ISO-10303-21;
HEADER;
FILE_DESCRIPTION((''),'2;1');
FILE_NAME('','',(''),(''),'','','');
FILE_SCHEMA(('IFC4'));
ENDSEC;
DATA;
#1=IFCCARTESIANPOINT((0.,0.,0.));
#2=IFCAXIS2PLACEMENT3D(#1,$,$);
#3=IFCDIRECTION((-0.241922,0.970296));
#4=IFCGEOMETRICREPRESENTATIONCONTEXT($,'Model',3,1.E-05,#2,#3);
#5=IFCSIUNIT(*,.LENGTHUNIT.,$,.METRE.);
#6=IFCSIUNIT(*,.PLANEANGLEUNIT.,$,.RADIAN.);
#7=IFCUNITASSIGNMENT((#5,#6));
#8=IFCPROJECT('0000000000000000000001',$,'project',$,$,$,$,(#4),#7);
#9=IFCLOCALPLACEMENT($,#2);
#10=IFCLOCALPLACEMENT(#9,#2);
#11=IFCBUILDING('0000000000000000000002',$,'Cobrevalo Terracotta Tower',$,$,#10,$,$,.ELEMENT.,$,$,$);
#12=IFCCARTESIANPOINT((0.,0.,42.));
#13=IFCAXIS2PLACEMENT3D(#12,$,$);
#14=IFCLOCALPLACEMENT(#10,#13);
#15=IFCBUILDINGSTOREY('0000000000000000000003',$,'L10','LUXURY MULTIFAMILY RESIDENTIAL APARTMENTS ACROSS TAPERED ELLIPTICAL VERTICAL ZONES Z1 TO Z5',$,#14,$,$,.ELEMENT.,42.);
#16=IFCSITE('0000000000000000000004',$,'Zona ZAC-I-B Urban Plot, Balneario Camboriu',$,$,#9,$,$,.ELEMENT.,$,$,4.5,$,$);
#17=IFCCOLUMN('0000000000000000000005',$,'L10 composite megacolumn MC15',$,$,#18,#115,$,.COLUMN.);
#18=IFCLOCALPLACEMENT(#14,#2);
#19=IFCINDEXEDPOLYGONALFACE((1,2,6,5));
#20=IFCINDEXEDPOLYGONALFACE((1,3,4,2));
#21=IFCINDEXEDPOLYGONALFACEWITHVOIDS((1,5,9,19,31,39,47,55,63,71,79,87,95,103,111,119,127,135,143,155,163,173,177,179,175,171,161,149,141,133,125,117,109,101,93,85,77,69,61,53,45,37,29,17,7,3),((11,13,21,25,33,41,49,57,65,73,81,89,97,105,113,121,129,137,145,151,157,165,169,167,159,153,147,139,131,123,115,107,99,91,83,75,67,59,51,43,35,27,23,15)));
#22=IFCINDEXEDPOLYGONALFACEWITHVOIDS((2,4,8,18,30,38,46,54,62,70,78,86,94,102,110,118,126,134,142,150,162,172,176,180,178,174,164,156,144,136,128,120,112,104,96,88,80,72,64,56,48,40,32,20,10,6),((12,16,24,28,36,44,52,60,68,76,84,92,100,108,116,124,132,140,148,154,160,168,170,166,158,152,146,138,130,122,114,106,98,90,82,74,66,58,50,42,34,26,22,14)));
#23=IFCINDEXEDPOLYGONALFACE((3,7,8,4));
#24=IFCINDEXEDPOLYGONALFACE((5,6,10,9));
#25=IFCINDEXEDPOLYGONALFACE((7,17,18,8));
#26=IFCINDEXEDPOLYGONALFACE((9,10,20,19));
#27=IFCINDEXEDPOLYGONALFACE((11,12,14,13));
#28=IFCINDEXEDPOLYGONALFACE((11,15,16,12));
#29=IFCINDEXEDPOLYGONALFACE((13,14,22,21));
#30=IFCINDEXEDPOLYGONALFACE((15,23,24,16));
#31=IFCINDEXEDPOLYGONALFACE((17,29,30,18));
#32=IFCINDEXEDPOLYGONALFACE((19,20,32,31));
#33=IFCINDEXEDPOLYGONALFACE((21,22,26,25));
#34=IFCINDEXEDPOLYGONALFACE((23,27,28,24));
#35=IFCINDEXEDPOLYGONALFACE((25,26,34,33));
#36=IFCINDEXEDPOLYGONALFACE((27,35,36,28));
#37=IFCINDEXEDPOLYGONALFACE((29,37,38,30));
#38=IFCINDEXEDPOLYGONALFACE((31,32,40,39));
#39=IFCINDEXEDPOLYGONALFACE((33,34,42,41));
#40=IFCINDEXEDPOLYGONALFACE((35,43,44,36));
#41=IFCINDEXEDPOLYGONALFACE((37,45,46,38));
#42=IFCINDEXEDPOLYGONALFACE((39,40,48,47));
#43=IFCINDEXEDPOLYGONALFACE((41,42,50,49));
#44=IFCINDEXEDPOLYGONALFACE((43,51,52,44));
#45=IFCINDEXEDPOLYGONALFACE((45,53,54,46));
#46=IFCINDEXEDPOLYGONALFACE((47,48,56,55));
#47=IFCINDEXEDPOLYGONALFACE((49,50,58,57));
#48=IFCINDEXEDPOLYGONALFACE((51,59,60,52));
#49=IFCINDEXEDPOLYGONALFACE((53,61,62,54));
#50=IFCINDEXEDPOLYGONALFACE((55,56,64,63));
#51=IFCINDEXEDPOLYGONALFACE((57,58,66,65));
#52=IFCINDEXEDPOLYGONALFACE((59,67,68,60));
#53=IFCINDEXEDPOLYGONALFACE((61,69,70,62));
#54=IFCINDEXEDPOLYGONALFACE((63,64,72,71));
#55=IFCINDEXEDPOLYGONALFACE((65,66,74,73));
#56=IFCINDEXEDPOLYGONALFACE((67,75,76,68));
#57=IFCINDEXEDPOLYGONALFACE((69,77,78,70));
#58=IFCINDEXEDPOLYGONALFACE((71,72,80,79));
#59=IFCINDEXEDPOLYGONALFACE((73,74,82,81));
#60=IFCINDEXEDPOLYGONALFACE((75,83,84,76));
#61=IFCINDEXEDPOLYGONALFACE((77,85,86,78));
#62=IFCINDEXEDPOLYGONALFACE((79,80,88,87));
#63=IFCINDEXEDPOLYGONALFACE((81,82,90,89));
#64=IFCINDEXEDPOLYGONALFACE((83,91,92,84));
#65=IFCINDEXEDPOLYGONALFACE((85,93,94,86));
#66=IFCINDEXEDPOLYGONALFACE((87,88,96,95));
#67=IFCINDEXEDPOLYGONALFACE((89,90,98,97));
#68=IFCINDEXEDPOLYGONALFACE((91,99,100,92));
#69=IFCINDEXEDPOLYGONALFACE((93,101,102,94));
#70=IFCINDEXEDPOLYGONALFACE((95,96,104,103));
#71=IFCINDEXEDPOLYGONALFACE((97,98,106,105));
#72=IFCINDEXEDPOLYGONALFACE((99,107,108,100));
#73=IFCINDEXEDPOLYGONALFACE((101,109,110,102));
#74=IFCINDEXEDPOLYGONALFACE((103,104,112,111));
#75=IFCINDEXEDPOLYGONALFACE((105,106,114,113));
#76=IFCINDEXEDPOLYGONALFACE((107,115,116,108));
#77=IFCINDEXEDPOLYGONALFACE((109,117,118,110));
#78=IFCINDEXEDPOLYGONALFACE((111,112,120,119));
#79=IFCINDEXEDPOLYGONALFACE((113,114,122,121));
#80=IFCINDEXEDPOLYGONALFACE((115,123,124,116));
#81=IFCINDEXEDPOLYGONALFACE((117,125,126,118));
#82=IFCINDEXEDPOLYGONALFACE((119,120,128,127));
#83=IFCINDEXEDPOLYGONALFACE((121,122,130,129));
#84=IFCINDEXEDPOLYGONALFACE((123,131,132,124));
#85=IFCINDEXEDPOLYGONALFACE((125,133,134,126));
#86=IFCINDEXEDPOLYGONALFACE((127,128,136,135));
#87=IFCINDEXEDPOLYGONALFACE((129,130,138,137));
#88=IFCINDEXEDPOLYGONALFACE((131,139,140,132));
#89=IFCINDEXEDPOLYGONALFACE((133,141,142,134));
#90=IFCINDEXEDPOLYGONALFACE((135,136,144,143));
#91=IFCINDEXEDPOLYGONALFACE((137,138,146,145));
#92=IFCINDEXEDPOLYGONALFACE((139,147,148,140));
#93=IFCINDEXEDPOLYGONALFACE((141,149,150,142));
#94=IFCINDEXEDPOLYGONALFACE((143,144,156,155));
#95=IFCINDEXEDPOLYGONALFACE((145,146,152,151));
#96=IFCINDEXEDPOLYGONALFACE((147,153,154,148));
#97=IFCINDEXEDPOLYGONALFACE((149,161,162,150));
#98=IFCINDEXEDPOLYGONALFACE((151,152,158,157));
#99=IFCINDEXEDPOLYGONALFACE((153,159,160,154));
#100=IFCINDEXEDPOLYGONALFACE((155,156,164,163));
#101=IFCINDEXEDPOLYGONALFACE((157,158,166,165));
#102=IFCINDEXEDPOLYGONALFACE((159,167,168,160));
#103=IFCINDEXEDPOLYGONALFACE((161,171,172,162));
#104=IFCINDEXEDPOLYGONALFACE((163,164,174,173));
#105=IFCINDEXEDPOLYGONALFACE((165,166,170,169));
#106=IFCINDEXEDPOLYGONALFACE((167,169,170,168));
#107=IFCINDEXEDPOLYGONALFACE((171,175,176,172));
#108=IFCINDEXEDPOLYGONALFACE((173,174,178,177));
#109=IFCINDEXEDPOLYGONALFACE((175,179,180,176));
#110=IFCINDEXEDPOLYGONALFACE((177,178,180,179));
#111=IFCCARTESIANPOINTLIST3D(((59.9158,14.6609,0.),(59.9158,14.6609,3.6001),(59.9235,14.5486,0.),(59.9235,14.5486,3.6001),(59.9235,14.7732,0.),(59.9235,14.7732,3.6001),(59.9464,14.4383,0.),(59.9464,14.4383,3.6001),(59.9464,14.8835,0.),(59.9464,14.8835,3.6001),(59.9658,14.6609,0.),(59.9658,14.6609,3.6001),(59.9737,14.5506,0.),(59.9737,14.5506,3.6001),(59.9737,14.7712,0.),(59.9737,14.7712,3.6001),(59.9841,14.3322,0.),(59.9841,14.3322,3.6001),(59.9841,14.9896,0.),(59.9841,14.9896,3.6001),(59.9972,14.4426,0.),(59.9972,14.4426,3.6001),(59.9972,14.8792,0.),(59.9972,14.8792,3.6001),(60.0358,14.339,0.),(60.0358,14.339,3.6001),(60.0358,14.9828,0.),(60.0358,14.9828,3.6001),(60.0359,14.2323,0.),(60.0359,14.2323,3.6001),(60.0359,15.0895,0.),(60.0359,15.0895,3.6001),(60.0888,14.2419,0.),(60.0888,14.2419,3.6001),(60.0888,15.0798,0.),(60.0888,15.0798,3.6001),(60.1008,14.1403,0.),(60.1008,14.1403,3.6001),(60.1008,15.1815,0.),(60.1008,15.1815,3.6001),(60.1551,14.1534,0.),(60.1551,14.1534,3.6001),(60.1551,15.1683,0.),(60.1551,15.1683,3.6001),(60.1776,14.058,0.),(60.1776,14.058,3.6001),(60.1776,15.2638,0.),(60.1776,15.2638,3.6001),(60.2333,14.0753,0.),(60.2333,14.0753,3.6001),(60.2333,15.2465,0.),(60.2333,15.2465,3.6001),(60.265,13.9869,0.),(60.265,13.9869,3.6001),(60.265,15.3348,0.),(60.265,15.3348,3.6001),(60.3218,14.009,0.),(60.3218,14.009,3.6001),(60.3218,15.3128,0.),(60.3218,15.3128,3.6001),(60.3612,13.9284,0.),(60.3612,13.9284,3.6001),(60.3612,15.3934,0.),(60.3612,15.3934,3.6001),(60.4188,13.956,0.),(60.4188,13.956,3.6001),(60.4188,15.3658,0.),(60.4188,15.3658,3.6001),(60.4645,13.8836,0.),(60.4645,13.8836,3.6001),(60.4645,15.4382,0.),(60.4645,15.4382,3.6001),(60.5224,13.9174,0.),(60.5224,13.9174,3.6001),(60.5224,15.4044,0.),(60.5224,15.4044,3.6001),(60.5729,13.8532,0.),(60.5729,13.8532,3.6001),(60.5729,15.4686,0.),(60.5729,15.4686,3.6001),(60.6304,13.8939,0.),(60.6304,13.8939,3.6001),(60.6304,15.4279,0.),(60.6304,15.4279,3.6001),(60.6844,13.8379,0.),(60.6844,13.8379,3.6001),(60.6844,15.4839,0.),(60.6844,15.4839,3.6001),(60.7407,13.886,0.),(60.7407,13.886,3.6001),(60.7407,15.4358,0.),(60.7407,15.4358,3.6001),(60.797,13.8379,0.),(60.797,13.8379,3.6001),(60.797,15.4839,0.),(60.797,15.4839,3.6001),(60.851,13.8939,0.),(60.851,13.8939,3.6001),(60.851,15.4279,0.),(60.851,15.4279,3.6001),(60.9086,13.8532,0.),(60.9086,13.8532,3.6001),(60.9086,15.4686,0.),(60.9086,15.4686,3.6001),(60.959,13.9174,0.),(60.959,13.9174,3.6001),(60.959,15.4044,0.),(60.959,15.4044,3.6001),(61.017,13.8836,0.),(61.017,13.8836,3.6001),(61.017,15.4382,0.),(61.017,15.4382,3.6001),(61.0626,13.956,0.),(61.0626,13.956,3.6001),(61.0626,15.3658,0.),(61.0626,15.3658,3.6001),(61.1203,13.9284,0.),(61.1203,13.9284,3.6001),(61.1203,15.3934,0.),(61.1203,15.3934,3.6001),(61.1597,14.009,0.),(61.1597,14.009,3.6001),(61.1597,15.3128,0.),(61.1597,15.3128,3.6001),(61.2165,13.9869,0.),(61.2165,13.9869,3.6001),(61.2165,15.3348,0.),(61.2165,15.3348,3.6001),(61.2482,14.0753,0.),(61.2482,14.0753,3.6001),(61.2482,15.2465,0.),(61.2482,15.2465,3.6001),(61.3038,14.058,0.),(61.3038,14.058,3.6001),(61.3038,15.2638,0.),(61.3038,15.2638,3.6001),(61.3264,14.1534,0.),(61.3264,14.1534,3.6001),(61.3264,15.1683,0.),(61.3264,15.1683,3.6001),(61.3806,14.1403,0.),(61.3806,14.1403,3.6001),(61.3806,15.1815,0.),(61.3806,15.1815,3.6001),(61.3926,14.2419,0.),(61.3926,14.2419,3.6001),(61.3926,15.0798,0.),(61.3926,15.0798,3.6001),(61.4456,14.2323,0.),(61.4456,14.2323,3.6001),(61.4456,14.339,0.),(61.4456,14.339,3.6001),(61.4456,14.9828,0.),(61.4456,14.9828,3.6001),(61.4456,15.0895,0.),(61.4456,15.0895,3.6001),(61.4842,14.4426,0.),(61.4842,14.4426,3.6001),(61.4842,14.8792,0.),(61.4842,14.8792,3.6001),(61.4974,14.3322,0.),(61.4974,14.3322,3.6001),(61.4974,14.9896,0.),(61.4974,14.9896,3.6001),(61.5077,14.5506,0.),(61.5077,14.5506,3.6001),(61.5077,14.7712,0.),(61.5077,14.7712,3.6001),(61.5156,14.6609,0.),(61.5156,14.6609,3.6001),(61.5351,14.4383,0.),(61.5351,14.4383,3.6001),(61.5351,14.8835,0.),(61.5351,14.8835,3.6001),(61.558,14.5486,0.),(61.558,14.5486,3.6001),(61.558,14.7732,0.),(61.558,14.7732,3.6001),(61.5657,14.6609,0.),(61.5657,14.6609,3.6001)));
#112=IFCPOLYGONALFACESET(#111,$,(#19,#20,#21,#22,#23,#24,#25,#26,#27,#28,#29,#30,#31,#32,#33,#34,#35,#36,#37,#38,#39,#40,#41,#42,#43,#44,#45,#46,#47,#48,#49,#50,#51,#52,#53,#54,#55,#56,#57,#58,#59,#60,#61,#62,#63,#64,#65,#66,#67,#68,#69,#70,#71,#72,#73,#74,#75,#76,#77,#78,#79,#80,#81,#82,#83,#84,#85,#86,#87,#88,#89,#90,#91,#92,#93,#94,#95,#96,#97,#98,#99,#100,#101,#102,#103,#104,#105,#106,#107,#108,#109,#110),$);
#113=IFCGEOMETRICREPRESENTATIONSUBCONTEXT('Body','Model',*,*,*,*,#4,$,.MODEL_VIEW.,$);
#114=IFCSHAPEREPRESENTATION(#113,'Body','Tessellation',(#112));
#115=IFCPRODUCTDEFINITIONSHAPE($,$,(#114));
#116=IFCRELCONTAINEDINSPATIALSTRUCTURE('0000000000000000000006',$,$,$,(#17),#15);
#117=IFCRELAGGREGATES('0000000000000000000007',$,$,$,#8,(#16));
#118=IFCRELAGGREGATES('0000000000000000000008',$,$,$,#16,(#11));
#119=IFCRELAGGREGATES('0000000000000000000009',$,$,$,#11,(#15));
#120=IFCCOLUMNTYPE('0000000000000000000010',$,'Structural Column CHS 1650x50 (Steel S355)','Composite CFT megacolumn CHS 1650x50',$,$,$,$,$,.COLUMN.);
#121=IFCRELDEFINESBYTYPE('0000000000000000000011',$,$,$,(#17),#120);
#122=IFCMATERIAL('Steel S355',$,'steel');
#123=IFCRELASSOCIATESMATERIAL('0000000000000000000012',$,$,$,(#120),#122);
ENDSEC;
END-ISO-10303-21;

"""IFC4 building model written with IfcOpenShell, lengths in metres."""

from ifc_helpers import new_model, si_unit, direction, frame, origin, origin_2d, place, context, subcontext, project, spatial, hollow_circle, extrude, material, material_profile, profile_set, type_object, element, save


model = new_model("IFC4")

# Units and contexts
model_context = context("Model", 3, precision=1e-05, world=origin(), true_north=direction((-0.241922, 0.970296)))
body_context = subcontext(model_context, "Body", "Model", "MODEL_VIEW")
ifc_project = project(units=[si_unit("LENGTHUNIT", "METRE"), si_unit("PLANEANGLEUNIT", "RADIAN")], contexts=[model_context])

# Site, building, storey
site_placement = place(None, origin())
site = spatial("IfcSite", under=ifc_project, at=site_placement, Name="Zona ZAC-I-B Urban Plot, Balneario Camboriu", CompositionType="ELEMENT", RefElevation=4.5)
building_placement = place(site_placement, origin())
building = spatial("IfcBuilding", under=site, at=building_placement, Name="Cobrevalo Terracotta Tower", CompositionType="ELEMENT")
storey_placement = place(building_placement, frame((0.0, 0.0, 42.0)))
storey = spatial("IfcBuildingStorey", under=building, at=storey_placement, Name="L10", Description="LUXURY MULTIFAMILY RESIDENTIAL APARTMENTS ACROSS TAPERED ELLIPTICAL VERTICAL ZONES Z1 TO Z5", CompositionType="ELEMENT", Elevation=42.0)

# Column
ifc_material_1 = material(Name="Steel S355", Category="steel")
ifc_material_profile_1 = material_profile(ifc_material_1, hollow_circle(Radius=0.825, WallThickness=0.05, at=origin_2d()), Name="CHS 1650x50")
ifc_profile_set_1 = profile_set([ifc_material_profile_1], Name="Steel S355")
column_type = type_object("IfcColumnType", Name="Structural Column CHS 1650x50 (Steel S355)", Description="Composite CFT megacolumn CHS 1650x50", PredefinedType="COLUMN", material=ifc_profile_set_1)
for number, where, z_axis, x_axis, name in (
    (1, (60.7407, 14.6609, 0.0), (0.0, 0.0, 1.0), (1.0, 0.0, 0.0), "L10 composite megacolumn MC15"),
):
    element("IfcColumn", number, at=place(storey_placement, frame(where, z_axis=z_axis, x_axis=x_axis)), inside=storey, type_object=column_type, Name=name, PredefinedType="COLUMN", context=body_context, shape_type="SweptSolid", body=[
        extrude(hollow_circle(Radius=0.825, WallThickness=0.05, at=origin_2d()), origin(), (0.0, 0.0, 1.0), 3.6001),
    ])

save(model, "model.ifc")
